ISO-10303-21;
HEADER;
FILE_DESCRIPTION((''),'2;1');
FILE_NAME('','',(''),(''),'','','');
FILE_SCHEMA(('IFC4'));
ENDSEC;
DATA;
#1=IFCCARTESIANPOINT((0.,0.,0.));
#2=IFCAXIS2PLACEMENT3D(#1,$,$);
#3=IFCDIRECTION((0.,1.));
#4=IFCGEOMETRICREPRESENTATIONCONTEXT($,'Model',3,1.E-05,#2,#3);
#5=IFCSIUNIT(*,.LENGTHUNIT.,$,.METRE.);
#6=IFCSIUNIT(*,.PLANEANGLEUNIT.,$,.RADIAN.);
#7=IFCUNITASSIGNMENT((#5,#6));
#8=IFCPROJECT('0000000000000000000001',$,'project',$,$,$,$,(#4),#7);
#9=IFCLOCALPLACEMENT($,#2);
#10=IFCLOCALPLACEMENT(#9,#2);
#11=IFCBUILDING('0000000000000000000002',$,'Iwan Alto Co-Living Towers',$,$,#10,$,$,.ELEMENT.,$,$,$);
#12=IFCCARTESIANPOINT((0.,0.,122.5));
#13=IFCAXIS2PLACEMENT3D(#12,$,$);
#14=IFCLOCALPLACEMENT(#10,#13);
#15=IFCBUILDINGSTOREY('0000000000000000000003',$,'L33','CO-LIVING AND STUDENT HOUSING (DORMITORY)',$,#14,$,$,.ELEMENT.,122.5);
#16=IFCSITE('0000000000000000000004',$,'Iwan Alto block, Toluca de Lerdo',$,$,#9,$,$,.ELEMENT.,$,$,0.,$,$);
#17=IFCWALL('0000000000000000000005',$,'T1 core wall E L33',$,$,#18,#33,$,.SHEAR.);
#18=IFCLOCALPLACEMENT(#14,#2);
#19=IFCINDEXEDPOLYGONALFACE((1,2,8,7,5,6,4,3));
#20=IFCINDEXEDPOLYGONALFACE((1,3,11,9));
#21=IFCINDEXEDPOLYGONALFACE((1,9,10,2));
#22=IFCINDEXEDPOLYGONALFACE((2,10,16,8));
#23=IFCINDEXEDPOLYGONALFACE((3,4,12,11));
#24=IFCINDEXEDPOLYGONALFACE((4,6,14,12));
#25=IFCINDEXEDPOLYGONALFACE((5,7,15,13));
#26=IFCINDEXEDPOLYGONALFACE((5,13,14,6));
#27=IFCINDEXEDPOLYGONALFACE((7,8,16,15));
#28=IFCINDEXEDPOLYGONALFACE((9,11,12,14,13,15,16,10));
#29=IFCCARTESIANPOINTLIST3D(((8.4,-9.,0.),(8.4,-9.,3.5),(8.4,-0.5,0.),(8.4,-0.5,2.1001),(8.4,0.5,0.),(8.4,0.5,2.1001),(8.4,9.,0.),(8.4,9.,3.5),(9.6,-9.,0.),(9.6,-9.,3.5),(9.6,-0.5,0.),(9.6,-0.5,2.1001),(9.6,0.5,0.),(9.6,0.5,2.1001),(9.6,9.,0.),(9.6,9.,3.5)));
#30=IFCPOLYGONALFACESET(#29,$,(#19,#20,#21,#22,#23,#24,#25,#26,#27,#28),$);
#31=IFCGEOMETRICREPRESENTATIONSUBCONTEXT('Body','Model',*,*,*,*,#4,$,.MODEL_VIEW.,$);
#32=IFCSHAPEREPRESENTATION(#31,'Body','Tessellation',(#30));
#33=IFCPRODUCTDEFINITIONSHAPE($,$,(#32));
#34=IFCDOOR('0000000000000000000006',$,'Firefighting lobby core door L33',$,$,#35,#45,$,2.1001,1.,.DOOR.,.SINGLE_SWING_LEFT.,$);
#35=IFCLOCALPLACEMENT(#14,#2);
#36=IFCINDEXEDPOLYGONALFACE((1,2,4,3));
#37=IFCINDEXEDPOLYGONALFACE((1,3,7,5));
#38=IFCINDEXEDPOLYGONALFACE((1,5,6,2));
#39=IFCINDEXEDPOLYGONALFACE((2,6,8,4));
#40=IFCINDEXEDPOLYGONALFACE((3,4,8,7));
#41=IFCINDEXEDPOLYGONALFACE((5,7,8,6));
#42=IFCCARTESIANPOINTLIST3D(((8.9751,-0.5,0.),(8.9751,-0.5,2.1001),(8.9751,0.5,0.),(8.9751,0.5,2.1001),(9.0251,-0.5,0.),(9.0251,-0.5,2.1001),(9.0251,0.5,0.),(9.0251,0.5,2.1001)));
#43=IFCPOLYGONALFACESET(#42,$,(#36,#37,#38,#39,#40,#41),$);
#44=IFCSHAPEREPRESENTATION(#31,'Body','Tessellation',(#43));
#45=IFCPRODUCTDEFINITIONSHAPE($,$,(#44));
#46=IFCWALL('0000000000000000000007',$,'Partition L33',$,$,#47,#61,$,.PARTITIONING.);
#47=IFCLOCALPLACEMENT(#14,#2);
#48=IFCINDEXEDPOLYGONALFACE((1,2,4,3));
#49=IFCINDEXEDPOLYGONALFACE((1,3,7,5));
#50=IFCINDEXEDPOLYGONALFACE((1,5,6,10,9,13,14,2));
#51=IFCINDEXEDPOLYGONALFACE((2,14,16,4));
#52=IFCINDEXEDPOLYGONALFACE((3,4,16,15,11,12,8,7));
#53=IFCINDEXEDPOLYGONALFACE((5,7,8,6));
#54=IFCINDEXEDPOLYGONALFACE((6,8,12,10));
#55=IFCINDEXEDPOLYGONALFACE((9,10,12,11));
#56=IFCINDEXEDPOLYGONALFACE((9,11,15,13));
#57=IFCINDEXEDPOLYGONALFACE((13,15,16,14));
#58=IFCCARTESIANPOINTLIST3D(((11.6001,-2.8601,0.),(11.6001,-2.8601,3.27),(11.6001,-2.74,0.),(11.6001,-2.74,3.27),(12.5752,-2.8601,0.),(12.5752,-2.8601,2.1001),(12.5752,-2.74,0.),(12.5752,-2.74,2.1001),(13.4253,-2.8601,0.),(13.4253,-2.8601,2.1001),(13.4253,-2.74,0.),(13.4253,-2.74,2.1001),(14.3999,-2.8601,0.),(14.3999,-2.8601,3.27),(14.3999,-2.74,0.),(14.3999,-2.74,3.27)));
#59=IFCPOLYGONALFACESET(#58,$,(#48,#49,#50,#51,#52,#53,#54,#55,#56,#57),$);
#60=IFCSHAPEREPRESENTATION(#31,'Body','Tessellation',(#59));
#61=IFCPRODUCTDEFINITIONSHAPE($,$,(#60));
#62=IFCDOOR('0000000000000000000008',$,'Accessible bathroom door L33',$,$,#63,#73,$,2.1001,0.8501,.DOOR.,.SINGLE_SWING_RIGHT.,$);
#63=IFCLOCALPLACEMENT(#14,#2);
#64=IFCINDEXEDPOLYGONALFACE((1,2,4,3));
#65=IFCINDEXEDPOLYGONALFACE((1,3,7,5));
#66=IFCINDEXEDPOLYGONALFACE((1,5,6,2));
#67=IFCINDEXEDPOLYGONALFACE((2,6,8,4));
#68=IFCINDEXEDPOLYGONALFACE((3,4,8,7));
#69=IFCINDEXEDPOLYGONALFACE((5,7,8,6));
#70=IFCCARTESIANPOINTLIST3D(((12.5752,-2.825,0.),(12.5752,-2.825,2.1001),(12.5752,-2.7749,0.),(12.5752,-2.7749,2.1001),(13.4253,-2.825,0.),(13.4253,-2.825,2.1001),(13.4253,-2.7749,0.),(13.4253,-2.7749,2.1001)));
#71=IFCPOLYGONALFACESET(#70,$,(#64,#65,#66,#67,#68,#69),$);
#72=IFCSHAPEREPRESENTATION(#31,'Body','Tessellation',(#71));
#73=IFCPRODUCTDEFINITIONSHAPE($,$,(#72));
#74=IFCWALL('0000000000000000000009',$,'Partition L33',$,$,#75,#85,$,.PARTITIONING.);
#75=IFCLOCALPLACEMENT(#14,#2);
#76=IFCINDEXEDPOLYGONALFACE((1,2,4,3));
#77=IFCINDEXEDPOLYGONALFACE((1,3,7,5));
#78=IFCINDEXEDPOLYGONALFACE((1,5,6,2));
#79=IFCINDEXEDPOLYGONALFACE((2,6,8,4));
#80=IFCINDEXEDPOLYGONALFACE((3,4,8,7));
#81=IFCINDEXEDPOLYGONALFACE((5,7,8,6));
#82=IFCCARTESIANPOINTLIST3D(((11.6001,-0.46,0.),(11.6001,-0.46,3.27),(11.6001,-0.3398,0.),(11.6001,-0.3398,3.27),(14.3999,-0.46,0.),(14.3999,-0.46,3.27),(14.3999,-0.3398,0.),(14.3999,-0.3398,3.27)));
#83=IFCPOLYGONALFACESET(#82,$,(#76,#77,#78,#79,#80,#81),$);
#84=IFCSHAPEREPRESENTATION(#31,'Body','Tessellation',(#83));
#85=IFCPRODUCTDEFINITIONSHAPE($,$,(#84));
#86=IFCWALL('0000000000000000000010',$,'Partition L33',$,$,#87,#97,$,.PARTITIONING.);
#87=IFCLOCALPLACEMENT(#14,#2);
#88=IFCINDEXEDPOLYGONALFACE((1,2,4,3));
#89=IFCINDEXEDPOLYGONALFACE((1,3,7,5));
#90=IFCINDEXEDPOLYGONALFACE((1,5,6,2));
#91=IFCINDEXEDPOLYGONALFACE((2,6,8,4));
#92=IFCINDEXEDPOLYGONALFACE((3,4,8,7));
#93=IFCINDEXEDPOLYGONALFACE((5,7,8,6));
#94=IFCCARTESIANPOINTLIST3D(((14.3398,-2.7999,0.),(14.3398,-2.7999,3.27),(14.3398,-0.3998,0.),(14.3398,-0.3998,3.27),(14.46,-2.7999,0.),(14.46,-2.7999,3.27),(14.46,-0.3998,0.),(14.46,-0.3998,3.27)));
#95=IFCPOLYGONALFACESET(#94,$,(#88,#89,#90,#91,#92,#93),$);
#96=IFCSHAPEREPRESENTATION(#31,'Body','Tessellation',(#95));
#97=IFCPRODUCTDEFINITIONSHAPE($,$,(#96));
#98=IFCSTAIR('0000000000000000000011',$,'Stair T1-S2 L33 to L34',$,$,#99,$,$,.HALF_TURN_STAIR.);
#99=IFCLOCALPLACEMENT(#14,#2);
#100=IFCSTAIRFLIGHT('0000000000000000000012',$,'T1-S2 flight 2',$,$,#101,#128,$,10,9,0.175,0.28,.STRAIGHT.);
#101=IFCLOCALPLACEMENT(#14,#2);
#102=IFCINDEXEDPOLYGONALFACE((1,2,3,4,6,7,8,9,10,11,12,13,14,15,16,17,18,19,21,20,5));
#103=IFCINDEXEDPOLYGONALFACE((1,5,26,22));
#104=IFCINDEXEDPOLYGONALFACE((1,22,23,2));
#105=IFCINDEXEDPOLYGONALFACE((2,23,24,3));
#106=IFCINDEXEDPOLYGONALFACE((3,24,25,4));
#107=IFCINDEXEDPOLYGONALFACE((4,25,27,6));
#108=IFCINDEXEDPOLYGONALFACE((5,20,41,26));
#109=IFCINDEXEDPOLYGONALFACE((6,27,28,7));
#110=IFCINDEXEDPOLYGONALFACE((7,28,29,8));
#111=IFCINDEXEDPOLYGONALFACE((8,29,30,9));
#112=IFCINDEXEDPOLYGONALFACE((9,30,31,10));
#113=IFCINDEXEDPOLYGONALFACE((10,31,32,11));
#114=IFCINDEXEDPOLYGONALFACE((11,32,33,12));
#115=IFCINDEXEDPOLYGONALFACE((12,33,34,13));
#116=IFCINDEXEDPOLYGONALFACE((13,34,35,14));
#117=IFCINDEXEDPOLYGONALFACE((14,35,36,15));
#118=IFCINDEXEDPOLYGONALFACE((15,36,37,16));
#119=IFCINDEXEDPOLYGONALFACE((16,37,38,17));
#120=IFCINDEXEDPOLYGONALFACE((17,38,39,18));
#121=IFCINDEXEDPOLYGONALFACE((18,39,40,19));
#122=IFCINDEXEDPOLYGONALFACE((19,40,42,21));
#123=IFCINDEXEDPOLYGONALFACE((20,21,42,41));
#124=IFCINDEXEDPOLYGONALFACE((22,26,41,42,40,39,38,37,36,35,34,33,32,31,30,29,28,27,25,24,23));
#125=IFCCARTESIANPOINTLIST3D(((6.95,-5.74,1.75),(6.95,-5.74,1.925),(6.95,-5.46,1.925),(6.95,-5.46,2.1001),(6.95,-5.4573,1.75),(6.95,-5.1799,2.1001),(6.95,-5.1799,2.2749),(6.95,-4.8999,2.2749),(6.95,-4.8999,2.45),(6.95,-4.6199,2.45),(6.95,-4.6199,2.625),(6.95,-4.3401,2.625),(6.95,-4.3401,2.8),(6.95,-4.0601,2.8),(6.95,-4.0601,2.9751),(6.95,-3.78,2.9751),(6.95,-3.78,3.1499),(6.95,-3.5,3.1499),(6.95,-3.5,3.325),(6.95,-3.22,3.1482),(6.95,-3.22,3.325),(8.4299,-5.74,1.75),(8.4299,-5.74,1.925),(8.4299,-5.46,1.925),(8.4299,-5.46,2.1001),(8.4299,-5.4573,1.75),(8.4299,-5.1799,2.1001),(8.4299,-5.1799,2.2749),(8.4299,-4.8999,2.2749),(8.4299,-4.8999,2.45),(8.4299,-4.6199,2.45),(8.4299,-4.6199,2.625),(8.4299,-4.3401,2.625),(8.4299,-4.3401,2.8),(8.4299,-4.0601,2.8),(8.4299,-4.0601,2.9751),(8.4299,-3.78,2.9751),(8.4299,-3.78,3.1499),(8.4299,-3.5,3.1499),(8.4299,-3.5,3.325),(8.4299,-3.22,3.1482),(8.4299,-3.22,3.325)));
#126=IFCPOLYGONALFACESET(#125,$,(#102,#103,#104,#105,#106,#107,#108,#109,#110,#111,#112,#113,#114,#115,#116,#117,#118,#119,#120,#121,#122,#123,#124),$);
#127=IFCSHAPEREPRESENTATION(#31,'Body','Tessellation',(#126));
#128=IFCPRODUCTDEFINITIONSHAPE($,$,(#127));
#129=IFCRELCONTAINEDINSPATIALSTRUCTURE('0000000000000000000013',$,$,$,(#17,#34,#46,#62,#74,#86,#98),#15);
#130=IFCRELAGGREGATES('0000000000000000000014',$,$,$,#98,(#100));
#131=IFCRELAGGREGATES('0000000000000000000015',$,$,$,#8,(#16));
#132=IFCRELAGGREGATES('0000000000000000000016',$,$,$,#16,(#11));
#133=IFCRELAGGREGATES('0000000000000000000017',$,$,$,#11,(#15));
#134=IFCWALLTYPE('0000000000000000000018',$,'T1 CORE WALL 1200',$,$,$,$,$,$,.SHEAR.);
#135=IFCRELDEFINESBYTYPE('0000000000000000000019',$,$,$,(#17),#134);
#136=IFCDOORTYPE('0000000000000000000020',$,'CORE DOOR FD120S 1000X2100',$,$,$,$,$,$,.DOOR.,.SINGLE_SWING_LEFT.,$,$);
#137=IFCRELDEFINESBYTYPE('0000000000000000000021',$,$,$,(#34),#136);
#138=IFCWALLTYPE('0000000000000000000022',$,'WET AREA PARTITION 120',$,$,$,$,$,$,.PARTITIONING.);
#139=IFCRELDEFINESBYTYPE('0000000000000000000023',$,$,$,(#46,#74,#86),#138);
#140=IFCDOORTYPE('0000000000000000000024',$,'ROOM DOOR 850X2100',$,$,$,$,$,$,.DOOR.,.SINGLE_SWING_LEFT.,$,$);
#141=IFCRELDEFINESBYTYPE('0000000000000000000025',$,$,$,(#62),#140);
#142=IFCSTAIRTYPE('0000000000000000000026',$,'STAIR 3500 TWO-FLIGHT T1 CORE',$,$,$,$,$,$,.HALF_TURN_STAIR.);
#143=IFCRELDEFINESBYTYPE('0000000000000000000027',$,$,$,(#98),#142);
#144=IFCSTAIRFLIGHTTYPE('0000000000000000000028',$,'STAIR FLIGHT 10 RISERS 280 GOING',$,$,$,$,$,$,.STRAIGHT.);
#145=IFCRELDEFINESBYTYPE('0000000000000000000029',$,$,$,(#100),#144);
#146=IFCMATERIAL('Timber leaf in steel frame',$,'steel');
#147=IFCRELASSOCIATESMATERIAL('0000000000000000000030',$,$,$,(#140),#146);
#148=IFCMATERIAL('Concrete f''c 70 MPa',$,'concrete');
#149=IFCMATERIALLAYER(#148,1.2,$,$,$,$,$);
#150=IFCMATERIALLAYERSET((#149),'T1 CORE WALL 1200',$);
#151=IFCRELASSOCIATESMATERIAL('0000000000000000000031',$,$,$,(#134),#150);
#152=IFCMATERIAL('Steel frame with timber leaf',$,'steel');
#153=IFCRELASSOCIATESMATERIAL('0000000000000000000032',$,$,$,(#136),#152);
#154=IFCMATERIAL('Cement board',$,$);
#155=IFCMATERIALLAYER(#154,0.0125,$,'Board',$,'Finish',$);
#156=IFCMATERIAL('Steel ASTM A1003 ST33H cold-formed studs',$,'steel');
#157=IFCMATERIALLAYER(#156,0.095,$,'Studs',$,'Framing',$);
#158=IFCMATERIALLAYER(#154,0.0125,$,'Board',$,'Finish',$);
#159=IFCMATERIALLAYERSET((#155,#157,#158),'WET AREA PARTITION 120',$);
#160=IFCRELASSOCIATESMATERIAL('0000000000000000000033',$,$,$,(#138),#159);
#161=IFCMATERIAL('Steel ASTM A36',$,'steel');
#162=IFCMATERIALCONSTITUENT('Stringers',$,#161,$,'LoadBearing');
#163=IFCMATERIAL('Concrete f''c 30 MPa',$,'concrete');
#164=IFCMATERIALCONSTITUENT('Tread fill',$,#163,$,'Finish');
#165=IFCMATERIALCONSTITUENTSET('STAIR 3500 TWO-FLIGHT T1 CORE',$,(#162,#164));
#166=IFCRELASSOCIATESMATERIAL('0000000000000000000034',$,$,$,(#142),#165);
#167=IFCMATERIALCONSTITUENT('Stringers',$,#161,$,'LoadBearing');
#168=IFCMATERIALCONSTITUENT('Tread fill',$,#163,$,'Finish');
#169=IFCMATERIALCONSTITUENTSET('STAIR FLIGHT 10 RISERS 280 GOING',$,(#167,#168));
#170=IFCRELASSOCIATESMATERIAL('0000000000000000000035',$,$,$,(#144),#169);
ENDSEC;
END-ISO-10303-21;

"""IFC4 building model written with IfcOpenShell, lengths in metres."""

from ifc_helpers import new_model, si_unit, direction, frame, frame_2d, origin, place, context, subcontext, project, spatial, polyline, rectangle, outline, extrude, material, layer, layer_set, constituent, constituent_set, type_object, element, fill, aggregate, save


model = new_model("IFC4")

# Units and contexts
model_context = context("Model", 3, precision=1e-05, world=origin(), true_north=direction((0.0, 1.0)))
body_context = subcontext(model_context, "Body", "Model", "MODEL_VIEW")
ifc_project = project(units=[si_unit("LENGTHUNIT", "METRE"), si_unit("PLANEANGLEUNIT", "RADIAN")], contexts=[model_context])

# Site, building, storey
site_placement = place(None, origin())
site = spatial("IfcSite", under=ifc_project, at=site_placement, Name="Iwan Alto block, Toluca de Lerdo", CompositionType="ELEMENT", RefElevation=0.0)
building_placement = place(site_placement, origin())
building = spatial("IfcBuilding", under=site, at=building_placement, Name="Iwan Alto Co-Living Towers", CompositionType="ELEMENT")
storey_placement = place(building_placement, frame((0.0, 0.0, 122.5)))
storey = spatial("IfcBuildingStorey", under=building, at=storey_placement, Name="L33", Description="CO-LIVING AND STUDENT HOUSING (DORMITORY)", CompositionType="ELEMENT", Elevation=122.5)

# Shared definitions
ifc_material_1 = material(Name="Steel ASTM A1003 ST33H cold-formed studs", Category="steel")

# Shared definitions
ifc_material_2 = material(Name="Timber leaf in steel frame", Category="steel")
door_type_1 = type_object("IfcDoorType", Name="ROOM DOOR 850X2100", OperationType="SINGLE_SWING_LEFT", PredefinedType="DOOR", material=ifc_material_2)

# Walls, openings, doors
ifc_material_3 = material(Name="Concrete f'c 70 MPa", Category="concrete")
ifc_layer_1 = layer(ifc_material_3, 1.2)
ifc_layer_set_1 = layer_set([ifc_layer_1], Name="T1 CORE WALL 1200")
wall_type_1 = type_object("IfcWallType", Name="T1 CORE WALL 1200", PredefinedType="SHEAR", material=ifc_layer_set_1)
wall_1_placement = place(storey_placement, frame((9.0, -9.0, 0.0), z_axis=(0.0, 0.0, 1.0), x_axis=(0.0, 1.0, 0.0)))
wall_1 = element("IfcWall", 1, at=wall_1_placement, inside=storey, type_object=wall_type_1, Name="T1 core wall E L33", PredefinedType="SHEAR", context=body_context, shape_type="SweptSolid", body=[
    extrude(rectangle(XDim=18.0, YDim=1.2, at=frame_2d((9.0, 0.0))), origin(), (0.0, 0.0, 1.0), 3.5),
])
opening_1_placement = place(wall_1_placement, frame((8.5, 0.0, 0.0)))
opening_1 = element("IfcOpeningElement", 2, at=opening_1_placement, cuts=wall_1, PredefinedType="OPENING", context=body_context, shape_type="SweptSolid", body=[
    extrude(rectangle(XDim=1.0, YDim=2.1001, at=frame_2d((0.5, 1.05))), frame((0.0, 0.6099, 0.0), z_axis=(0.0, -1.0, 0.0), x_axis=(1.0, 0.0, 0.0)), (0.0, 0.0, 1.0), 1.22),
])
ifc_material_4 = material(Name="Steel frame with timber leaf", Category="steel")
door_type_2 = type_object("IfcDoorType", Name="CORE DOOR FD120S 1000X2100", OperationType="SINGLE_SWING_LEFT", PredefinedType="DOOR", material=ifc_material_4)
door_1_placement = place(opening_1_placement, origin())
door_1 = element("IfcDoor", 3, at=door_1_placement, inside=storey, type_object=door_type_2, Name="Firefighting lobby core door L33", OperationType="SINGLE_SWING_LEFT", OverallHeight=2.1001, OverallWidth=1.0, PredefinedType="DOOR", context=body_context, shape_type="SweptSolid", body=[
    extrude(rectangle(XDim=1.0, YDim=2.1001, at=frame_2d((0.5, 1.05))), frame((0.0, 0.0249, 0.0), z_axis=(0.0, -1.0, 0.0), x_axis=(1.0, 0.0, 0.0)), (0.0, 0.0, 1.0), 0.05),
])
fill(opening_1, door_1)
ifc_material_5 = material(Name="Cement board")
ifc_layer_2 = layer(ifc_material_5, 0.0125, Name="Board", Category="Finish")
ifc_layer_3 = layer(ifc_material_1, 0.095, Name="Studs", Category="Framing")
ifc_layer_4 = layer(ifc_material_5, 0.0125, Name="Board", Category="Finish")
ifc_layer_set_2 = layer_set([ifc_layer_2, ifc_layer_3, ifc_layer_4], Name="WET AREA PARTITION 120")
wall_type_2 = type_object("IfcWallType", Name="WET AREA PARTITION 120", PredefinedType="PARTITIONING", material=ifc_layer_set_2)
wall_2_placement = place(storey_placement, frame((11.6001, -2.8, 0.0), z_axis=(0.0, 0.0, 1.0), x_axis=(1.0, 0.0, 0.0)))
wall_2 = element("IfcWall", 4, at=wall_2_placement, inside=storey, type_object=wall_type_2, Name="Partition L33", PredefinedType="PARTITIONING", context=body_context, shape_type="SweptSolid", body=[
    extrude(rectangle(XDim=2.7998, YDim=0.1201, at=frame_2d((1.3999, 0.0))), origin(), (0.0, 0.0, 1.0), 3.27),
])
opening_2_placement = place(wall_2_placement, frame((0.9751, 0.0, 0.0)))
opening_2 = element("IfcOpeningElement", 5, at=opening_2_placement, cuts=wall_2, PredefinedType="OPENING", context=body_context, shape_type="SweptSolid", body=[
    extrude(rectangle(XDim=0.8501, YDim=2.1001, at=frame_2d((0.425, 1.05))), frame((0.0, 0.0701, 0.0), z_axis=(0.0, -1.0, 0.0), x_axis=(1.0, 0.0, 0.0)), (0.0, 0.0, 1.0), 0.1401),
])
door_2_placement = place(opening_2_placement, frame((0.8501, 0.0, 0.0), z_axis=(0.0, 0.0, 1.0), x_axis=(-1.0, 0.0, 0.0)))
door_2 = element("IfcDoor", 6, at=door_2_placement, inside=storey, type_object=door_type_1, Name="Accessible bathroom door L33", OperationType="SINGLE_SWING_RIGHT", OverallHeight=2.1001, OverallWidth=0.8501, PredefinedType="DOOR", context=body_context, shape_type="SweptSolid", body=[
    extrude(rectangle(XDim=0.8501, YDim=2.1001, at=frame_2d((0.425, 1.05))), frame((0.0, 0.0249, 0.0), z_axis=(0.0, -1.0, 0.0), x_axis=(1.0, 0.0, 0.0)), (0.0, 0.0, 1.0), 0.05),
])
fill(opening_2, door_2)

# Walls
wall_3_placement = place(storey_placement, frame((11.6001, -0.3999, 0.0), z_axis=(0.0, 0.0, 1.0), x_axis=(1.0, 0.0, 0.0)))
element("IfcWall", 7, at=wall_3_placement, inside=storey, type_object=wall_type_2, Name="Partition L33", PredefinedType="PARTITIONING", context=body_context, shape_type="SweptSolid", body=[
    extrude(rectangle(XDim=2.7998, YDim=0.1201, at=frame_2d((1.3999, 0.0))), origin(), (0.0, 0.0, 1.0), 3.27),
])
wall_4_placement = place(storey_placement, frame((14.3999, -2.8, 0.0), z_axis=(0.0, 0.0, 1.0), x_axis=(0.0, 1.0, 0.0)))
element("IfcWall", 8, at=wall_4_placement, inside=storey, type_object=wall_type_2, Name="Partition L33", PredefinedType="PARTITIONING", context=body_context, shape_type="SweptSolid", body=[
    extrude(rectangle(XDim=2.4001, YDim=0.1201, at=frame_2d((1.2002, 0.0))), origin(), (0.0, 0.0, 1.0), 3.27),
])

# Stair, stair flight
ifc_material_6 = material(Name="Steel ASTM A36", Category="steel")
ifc_constituent_1 = constituent(ifc_material_6, Name="Stringers", Category="LoadBearing")
ifc_material_7 = material(Name="Concrete f'c 30 MPa", Category="concrete")
ifc_constituent_2 = constituent(ifc_material_7, Name="Tread fill", Category="Finish")
ifc_constituent_set_1 = constituent_set(constituents=[ifc_constituent_1, ifc_constituent_2], Name="STAIR 3500 TWO-FLIGHT T1 CORE")
stair_type = type_object("IfcStairType", Name="STAIR 3500 TWO-FLIGHT T1 CORE", PredefinedType="HALF_TURN_STAIR", material=ifc_constituent_set_1)
stair_placement = place(storey_placement, origin())
stair = element("IfcStair", 9, at=stair_placement, inside=storey, type_object=stair_type, Name="Stair T1-S2 L33 to L34", PredefinedType="HALF_TURN_STAIR")
ifc_constituent_3 = constituent(ifc_material_6, Name="Stringers", Category="LoadBearing")
ifc_constituent_4 = constituent(ifc_material_7, Name="Tread fill", Category="Finish")
ifc_constituent_set_2 = constituent_set(constituents=[ifc_constituent_3, ifc_constituent_4], Name="STAIR FLIGHT 10 RISERS 280 GOING")
stair_flight_type = type_object("IfcStairFlightType", Name="STAIR FLIGHT 10 RISERS 280 GOING", PredefinedType="STRAIGHT", material=ifc_constituent_set_2)
stair_flight_placement = place(storey_placement, frame((7.6899, -5.74, 1.75), z_axis=(0.0, 0.0, 1.0), x_axis=(0.0, 1.0, 0.0)))
stair_flight = element("IfcStairFlight", 10, at=stair_flight_placement, type_object=stair_flight_type, Name="T1-S2 flight 2", NumberOfRisers=10, NumberOfTreads=9, PredefinedType="STRAIGHT", RiserHeight=0.175, TreadLength=0.28, context=body_context, shape_type="SweptSolid", body=[
    extrude(outline(polyline([(0.0, 0.0), (0.0, 0.175), (0.28, 0.175), (0.28, 0.3501), (0.5601, 0.3501), (0.5601, 0.5249), (0.8401, 0.5249), (0.8401, 0.7), (1.1201, 0.7), (1.1201, 0.875), (1.3999, 0.875), (1.3999, 1.05), (1.6799, 1.05), (1.6799, 1.2251), (1.96, 1.2251), (1.96, 1.3999), (2.24, 1.3999), (2.24, 1.575), (2.52, 1.575), (2.52, 1.75), (2.52, 1.3982), (0.2827, 0.0), (0.0, 0.0)])), frame((0.0, 0.74, 0.0), z_axis=(0.0, -1.0, 0.0), x_axis=(1.0, 0.0, 0.0)), (0.0, 0.0, 1.0), 1.48),
])
aggregate(stair, [stair_flight])

save(model, "model.ifc")
